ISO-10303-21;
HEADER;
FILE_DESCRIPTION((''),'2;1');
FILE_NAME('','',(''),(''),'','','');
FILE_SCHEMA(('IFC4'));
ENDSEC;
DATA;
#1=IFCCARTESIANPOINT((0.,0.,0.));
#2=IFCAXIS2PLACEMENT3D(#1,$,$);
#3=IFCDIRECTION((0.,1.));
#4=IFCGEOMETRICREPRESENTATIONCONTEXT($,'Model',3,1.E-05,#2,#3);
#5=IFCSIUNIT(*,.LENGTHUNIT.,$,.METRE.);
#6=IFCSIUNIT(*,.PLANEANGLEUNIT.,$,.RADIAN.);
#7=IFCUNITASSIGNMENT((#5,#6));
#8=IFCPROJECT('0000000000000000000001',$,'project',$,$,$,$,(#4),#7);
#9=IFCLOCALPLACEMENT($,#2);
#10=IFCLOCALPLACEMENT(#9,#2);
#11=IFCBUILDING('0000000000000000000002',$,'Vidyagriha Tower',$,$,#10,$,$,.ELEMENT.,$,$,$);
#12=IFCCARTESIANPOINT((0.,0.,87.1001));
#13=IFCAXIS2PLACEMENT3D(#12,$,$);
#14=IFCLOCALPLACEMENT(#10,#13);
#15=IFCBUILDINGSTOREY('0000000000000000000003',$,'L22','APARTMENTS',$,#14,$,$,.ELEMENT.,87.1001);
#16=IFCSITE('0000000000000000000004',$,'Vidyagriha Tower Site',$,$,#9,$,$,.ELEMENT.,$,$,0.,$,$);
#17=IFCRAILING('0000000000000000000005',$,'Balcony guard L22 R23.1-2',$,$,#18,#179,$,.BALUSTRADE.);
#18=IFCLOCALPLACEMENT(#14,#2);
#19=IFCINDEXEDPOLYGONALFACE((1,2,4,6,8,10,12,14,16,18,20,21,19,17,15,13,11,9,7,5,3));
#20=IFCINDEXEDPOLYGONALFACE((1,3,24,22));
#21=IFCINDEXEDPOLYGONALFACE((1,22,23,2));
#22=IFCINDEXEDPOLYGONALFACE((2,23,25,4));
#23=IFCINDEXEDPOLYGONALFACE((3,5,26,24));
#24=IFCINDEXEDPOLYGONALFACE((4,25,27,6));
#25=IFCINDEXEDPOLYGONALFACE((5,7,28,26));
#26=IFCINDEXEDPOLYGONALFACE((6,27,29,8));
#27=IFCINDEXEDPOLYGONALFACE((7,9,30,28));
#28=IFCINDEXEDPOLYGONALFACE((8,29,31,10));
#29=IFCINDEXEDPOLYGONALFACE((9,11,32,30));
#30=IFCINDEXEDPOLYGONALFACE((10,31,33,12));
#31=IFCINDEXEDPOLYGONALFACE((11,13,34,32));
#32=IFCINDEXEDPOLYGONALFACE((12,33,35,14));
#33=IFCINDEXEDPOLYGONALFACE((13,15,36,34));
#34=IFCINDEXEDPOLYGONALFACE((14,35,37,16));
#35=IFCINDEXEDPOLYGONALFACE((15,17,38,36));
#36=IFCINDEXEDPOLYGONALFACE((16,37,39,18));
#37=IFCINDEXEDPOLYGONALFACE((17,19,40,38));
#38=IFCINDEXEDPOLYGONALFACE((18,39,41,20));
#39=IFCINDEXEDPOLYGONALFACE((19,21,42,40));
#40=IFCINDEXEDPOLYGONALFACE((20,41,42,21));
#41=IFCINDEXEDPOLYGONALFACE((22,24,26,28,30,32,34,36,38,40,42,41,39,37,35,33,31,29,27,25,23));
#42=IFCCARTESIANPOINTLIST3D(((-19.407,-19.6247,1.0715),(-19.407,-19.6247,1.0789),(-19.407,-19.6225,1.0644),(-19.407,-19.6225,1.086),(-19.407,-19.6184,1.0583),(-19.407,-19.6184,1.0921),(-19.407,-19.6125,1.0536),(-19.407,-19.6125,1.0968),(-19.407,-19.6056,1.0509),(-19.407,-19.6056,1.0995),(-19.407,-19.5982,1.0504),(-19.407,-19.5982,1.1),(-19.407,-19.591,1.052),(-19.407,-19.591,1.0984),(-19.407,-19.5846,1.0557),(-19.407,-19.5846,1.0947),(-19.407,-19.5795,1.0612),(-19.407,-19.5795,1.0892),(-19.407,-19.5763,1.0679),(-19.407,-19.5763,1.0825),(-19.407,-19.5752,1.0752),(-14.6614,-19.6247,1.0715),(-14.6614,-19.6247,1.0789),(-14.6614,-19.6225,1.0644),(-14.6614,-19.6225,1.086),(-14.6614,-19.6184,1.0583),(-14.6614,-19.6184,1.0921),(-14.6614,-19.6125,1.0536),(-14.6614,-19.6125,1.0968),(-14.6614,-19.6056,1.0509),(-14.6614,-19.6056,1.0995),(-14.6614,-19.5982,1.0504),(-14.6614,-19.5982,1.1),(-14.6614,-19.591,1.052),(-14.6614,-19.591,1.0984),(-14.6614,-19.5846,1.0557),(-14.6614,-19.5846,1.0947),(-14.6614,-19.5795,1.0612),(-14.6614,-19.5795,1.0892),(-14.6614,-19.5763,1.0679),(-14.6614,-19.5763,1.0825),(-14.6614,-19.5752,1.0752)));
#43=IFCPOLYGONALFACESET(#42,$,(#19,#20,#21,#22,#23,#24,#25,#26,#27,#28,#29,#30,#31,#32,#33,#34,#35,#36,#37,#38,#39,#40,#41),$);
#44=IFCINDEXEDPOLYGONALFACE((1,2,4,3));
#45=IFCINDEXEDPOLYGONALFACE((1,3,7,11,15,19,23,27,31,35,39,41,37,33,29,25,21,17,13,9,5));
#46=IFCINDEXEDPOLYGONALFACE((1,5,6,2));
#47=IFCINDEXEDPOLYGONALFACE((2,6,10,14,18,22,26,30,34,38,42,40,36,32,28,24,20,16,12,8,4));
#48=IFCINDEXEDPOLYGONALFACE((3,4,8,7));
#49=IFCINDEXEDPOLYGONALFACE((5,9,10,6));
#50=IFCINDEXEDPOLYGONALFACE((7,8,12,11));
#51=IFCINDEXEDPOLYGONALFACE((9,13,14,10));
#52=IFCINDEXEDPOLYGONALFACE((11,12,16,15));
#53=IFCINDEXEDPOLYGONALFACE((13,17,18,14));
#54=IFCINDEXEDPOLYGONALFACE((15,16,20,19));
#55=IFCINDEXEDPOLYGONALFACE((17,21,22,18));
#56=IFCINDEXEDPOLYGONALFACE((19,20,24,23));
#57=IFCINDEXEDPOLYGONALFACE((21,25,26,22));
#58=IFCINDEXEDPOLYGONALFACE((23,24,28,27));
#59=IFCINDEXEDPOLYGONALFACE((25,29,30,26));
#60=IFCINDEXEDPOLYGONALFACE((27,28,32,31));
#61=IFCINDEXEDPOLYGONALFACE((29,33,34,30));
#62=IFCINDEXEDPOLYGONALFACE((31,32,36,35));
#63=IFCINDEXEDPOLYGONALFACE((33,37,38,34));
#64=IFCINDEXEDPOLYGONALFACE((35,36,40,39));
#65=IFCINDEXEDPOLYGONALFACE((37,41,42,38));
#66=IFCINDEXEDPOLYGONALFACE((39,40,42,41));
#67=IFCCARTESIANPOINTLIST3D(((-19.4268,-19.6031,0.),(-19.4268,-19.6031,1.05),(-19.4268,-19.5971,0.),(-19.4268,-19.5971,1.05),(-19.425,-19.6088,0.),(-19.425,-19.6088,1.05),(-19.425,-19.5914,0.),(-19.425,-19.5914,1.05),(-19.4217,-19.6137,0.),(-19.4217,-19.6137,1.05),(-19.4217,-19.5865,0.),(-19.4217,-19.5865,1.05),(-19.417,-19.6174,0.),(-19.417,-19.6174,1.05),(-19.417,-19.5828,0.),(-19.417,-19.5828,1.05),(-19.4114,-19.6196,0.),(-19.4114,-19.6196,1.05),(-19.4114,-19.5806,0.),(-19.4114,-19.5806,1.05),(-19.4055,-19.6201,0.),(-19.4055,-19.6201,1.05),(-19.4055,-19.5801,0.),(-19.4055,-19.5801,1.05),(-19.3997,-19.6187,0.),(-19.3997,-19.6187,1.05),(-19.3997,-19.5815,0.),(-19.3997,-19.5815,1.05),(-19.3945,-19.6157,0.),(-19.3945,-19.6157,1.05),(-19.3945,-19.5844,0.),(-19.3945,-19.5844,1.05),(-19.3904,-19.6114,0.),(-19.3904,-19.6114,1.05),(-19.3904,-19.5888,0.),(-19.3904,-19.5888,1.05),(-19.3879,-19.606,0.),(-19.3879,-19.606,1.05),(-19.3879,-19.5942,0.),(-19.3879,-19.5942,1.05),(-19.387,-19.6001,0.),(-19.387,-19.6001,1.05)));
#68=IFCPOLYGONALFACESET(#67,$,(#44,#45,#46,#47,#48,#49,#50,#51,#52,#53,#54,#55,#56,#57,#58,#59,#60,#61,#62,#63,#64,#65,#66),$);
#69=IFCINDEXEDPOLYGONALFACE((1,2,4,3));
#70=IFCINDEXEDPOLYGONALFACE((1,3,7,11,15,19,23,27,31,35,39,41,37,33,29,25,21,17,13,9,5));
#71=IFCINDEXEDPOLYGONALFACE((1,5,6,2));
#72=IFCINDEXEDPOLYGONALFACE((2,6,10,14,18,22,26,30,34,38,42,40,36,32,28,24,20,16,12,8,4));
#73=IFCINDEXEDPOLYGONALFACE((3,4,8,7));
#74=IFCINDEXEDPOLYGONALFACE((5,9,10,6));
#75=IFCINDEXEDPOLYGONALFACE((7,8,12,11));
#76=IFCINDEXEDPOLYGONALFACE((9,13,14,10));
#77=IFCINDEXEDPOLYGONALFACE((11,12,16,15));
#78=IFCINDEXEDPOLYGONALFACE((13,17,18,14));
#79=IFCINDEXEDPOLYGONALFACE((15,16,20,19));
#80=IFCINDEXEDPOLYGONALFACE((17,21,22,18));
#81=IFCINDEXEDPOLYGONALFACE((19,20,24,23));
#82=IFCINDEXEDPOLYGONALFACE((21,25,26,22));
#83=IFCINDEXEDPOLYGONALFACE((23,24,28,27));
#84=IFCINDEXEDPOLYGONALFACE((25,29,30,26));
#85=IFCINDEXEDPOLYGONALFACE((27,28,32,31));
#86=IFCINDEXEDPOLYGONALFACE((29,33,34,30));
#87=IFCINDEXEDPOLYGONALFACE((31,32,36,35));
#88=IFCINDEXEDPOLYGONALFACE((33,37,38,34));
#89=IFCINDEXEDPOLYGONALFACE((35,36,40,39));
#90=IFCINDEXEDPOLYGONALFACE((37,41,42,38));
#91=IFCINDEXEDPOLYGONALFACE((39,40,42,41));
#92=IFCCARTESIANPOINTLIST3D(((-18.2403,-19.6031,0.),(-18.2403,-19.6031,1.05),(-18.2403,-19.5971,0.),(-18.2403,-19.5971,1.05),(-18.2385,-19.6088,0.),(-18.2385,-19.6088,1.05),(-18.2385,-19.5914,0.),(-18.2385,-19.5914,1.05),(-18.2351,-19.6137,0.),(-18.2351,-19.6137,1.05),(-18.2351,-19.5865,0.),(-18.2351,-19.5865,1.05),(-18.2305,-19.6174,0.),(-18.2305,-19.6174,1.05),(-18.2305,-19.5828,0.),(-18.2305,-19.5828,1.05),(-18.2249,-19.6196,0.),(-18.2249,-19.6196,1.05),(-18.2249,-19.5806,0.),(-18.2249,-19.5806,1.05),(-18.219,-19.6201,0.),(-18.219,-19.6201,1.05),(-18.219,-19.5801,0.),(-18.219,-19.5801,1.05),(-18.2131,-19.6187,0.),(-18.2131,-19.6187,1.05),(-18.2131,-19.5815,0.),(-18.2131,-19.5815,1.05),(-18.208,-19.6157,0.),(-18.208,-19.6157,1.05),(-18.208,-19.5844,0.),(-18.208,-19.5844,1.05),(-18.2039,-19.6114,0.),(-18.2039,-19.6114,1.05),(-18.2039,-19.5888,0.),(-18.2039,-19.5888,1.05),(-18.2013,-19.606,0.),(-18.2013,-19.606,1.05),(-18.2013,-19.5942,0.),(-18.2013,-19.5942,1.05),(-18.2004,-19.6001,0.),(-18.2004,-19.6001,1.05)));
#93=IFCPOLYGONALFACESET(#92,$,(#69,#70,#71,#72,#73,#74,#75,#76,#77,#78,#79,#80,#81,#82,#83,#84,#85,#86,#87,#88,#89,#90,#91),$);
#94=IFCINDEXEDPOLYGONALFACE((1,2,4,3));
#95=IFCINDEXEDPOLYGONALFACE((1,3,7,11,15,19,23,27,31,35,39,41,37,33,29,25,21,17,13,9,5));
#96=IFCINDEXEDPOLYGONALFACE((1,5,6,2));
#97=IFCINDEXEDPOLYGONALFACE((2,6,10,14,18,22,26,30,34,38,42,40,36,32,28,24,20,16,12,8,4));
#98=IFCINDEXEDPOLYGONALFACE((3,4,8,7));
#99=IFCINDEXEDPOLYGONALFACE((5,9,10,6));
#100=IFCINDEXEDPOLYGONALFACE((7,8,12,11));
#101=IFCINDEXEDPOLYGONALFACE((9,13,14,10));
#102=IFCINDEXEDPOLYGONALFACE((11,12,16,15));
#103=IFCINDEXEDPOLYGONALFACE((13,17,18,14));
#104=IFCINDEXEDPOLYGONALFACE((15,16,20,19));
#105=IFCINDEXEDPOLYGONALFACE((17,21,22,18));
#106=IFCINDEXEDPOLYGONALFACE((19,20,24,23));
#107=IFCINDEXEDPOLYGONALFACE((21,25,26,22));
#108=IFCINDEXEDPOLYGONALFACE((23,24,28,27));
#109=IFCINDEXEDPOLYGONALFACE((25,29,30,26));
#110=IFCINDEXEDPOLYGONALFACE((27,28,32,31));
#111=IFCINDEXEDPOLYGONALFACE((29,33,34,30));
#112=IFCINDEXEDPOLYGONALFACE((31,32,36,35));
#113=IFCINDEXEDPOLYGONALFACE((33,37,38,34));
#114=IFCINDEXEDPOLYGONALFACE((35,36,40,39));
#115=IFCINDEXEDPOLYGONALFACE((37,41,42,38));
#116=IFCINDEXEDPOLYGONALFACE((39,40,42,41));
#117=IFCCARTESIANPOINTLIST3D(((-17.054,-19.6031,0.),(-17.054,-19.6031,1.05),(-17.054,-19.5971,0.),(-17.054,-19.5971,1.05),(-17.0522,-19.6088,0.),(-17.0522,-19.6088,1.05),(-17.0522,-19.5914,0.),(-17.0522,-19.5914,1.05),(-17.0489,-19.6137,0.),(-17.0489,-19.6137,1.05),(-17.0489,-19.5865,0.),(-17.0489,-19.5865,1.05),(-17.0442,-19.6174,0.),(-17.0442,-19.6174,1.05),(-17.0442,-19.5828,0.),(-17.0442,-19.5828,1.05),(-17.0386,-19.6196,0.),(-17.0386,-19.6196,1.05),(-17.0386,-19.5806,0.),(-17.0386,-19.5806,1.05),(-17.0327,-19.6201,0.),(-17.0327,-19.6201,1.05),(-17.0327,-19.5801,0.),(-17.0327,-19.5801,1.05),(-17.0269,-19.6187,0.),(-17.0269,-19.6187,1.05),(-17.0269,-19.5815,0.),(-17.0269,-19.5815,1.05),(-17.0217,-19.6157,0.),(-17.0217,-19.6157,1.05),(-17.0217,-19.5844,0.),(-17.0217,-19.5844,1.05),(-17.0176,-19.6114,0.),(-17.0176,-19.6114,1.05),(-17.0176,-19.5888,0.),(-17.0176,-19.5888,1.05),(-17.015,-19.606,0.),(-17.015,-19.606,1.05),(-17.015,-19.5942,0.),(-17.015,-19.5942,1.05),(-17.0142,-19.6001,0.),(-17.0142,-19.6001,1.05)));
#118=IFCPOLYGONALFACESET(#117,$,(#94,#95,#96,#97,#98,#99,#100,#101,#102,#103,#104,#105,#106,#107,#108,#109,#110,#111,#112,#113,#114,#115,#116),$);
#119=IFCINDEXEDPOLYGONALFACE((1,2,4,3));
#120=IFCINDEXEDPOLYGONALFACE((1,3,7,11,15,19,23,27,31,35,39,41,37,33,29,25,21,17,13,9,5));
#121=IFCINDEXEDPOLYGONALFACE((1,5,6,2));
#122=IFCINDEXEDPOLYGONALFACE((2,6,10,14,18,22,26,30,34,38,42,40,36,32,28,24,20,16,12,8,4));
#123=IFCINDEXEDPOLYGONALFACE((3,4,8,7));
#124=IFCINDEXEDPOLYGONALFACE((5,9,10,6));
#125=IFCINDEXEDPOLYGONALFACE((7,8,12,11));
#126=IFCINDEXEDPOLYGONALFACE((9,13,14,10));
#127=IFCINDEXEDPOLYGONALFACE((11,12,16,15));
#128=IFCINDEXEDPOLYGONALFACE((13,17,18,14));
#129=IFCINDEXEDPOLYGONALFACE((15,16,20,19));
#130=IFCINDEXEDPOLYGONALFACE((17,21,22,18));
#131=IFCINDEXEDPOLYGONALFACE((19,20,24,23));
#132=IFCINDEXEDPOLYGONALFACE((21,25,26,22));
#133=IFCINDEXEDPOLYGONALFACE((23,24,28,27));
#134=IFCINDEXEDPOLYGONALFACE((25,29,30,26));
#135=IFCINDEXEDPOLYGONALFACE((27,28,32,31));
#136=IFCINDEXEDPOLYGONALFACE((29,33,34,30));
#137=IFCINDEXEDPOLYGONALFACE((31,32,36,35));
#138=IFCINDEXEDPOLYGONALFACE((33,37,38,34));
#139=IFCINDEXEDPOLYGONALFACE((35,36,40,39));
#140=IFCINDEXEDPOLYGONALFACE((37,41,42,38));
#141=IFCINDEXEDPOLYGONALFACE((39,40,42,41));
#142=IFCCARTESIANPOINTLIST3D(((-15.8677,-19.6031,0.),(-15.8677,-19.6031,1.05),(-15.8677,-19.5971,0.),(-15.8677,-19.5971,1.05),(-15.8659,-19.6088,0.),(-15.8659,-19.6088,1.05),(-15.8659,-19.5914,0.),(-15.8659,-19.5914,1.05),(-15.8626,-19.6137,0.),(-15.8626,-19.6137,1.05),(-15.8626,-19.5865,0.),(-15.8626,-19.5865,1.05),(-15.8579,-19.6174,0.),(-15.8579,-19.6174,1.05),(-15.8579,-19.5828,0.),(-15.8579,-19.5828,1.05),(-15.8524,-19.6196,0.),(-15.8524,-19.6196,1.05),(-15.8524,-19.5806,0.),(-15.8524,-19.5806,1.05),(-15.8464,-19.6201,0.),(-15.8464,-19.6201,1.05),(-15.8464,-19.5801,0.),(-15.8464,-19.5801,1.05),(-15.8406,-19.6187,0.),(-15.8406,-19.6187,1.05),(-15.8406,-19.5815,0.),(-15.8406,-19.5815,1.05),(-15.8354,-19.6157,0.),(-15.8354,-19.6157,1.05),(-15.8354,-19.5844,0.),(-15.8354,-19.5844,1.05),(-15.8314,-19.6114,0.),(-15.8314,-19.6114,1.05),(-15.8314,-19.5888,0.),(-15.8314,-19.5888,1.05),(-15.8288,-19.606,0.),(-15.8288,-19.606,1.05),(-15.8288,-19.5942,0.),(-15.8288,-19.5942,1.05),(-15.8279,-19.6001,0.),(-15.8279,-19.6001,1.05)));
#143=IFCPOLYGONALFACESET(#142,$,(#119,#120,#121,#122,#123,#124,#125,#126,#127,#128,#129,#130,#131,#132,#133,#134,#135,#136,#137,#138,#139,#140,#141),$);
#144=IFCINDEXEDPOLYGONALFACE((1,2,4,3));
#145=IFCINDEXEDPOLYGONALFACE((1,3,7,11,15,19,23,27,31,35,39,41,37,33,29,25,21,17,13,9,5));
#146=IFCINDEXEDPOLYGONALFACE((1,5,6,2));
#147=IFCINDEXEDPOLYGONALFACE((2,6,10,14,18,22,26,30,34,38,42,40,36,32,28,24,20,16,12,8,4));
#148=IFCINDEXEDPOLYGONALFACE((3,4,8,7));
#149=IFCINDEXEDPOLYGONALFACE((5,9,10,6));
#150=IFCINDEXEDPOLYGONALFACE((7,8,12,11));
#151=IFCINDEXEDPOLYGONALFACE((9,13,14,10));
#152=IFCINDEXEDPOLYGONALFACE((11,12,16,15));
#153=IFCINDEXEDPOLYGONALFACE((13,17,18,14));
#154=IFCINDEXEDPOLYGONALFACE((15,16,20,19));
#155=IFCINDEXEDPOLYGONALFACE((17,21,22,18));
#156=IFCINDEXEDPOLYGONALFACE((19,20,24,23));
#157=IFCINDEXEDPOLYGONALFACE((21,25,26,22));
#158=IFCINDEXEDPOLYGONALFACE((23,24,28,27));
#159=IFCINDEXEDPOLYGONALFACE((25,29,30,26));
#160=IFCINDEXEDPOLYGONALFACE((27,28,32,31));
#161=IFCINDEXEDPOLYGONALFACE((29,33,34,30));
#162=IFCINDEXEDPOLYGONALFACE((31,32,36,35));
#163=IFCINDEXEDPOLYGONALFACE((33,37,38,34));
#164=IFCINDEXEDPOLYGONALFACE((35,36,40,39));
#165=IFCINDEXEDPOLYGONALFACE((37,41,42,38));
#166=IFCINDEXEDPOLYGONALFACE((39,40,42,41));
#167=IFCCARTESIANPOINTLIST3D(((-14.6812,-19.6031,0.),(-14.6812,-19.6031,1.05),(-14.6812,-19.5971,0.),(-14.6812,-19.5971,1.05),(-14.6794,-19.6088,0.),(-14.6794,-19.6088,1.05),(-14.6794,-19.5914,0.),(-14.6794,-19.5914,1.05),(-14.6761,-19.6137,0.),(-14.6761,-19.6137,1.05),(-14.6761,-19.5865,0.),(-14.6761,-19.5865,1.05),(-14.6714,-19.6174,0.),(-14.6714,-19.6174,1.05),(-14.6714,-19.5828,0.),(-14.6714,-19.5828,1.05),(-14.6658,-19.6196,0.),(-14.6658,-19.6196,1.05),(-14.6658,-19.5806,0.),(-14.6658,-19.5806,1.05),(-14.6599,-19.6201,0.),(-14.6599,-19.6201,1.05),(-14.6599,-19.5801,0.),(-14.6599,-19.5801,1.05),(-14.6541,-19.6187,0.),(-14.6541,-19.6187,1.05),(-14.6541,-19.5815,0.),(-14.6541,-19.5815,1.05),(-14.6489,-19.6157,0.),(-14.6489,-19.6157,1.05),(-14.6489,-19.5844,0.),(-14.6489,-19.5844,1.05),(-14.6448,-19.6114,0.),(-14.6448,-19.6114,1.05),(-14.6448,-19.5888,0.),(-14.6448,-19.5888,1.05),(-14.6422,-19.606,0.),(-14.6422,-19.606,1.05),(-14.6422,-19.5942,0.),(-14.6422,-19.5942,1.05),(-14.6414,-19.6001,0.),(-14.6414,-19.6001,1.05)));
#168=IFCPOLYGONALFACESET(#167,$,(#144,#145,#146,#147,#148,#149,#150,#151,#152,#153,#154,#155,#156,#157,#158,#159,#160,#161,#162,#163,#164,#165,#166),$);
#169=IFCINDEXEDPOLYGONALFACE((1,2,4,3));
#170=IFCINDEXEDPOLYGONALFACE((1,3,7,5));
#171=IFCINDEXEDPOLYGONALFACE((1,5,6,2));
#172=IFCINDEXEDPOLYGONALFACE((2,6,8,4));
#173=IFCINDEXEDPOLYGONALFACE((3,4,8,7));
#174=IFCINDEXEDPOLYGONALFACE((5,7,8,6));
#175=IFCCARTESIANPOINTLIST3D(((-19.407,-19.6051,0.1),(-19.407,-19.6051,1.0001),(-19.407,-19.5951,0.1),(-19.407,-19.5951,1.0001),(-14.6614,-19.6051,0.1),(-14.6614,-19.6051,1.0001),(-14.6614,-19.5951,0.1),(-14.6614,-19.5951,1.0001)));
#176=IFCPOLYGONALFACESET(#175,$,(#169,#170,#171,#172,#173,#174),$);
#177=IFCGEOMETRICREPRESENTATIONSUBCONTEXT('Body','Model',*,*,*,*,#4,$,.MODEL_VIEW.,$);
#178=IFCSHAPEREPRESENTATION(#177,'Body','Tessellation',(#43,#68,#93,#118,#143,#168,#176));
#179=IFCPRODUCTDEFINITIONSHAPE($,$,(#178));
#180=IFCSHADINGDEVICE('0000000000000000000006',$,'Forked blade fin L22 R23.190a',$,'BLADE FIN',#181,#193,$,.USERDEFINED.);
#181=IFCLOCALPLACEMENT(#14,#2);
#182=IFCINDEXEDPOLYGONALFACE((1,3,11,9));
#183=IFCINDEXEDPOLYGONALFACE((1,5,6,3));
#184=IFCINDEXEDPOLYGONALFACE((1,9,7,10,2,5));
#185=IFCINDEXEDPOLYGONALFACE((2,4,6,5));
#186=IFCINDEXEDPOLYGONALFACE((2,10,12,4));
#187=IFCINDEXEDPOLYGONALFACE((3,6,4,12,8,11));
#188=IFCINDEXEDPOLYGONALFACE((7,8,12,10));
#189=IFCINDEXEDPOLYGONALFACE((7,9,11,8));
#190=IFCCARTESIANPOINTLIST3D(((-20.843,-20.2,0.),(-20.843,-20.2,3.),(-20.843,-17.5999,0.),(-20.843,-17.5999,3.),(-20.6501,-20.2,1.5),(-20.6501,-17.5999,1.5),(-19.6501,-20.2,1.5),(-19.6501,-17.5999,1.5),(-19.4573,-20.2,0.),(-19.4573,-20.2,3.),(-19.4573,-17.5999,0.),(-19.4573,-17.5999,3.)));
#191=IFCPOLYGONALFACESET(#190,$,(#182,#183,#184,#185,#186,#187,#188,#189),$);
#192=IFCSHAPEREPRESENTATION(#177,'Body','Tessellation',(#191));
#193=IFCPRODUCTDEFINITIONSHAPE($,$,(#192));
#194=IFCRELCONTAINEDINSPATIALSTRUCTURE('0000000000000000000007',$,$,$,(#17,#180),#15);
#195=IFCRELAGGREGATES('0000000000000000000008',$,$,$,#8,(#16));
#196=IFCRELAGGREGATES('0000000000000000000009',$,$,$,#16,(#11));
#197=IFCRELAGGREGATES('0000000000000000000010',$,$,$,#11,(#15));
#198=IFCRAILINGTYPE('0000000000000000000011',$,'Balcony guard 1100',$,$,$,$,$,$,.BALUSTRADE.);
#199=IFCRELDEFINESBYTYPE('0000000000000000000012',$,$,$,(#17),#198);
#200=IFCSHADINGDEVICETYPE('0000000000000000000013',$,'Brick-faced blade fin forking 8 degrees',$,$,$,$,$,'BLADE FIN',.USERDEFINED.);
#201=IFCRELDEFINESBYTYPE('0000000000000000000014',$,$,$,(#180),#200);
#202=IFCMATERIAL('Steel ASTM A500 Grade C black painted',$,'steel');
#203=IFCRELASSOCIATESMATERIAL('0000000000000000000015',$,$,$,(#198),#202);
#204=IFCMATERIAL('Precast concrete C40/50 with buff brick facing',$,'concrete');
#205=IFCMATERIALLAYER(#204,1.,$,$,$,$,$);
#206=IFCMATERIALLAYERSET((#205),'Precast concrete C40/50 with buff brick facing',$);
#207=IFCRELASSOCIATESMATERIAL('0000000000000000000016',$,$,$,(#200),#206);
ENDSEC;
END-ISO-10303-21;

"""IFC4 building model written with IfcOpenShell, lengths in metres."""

from ifc_helpers import new_model, si_unit, direction, frame, origin, origin_2d, place, context, subcontext, project, spatial, polyline, rectangle, circle, outline, extrude, material, layer, layer_set, type_object, element, save


model = new_model("IFC4")

# Units and contexts
model_context = context("Model", 3, precision=1e-05, world=origin(), true_north=direction((0.0, 1.0)))
body_context = subcontext(model_context, "Body", "Model", "MODEL_VIEW")
ifc_project = project(units=[si_unit("LENGTHUNIT", "METRE"), si_unit("PLANEANGLEUNIT", "RADIAN")], contexts=[model_context])

# Site, building, storey
site_placement = place(None, origin())
site = spatial("IfcSite", under=ifc_project, at=site_placement, Name="Vidyagriha Tower Site", CompositionType="ELEMENT", RefElevation=0.0)
building_placement = place(site_placement, origin())
building = spatial("IfcBuilding", under=site, at=building_placement, Name="Vidyagriha Tower", CompositionType="ELEMENT")
storey_placement = place(building_placement, frame((0.0, 0.0, 87.1001)))
storey = spatial("IfcBuildingStorey", under=building, at=storey_placement, Name="L22", Description="APARTMENTS", CompositionType="ELEMENT", Elevation=87.1001)

# Railing
ifc_material_1 = material(Name="Steel ASTM A500 Grade C black painted", Category="steel")
railing_type_1 = type_object("IfcRailingType", Name="Balcony guard 1100", PredefinedType="BALUSTRADE", material=ifc_material_1)
railing_1_placement = place(storey_placement, frame((-19.407, -19.6001, 0.0)))
element("IfcRailing", 1, at=railing_1_placement, inside=storey, type_object=railing_type_1, Name="Balcony guard L22 R23.1-2", PredefinedType="BALUSTRADE", context=body_context, shape_type="SweptSolid", body=[
    extrude(circle(Radius=0.0249, at=origin_2d()), frame((0.0, 0.0, 1.0752), z_axis=(1.0, 0.0, 0.0), x_axis=(0.0, 1.0, 0.0)), (0.0, 0.0, 1.0), 4.7456),
    extrude(circle(Radius=0.02, at=origin_2d()), origin(), (0.0, 0.0, 1.0), 1.05),
    extrude(circle(Radius=0.02, at=origin_2d()), frame((1.1865, 0.0, 0.0)), (0.0, 0.0, 1.0), 1.05),
    extrude(circle(Radius=0.02, at=origin_2d()), frame((2.3728, 0.0, 0.0)), (0.0, 0.0, 1.0), 1.05),
    extrude(circle(Radius=0.02, at=origin_2d()), frame((3.5591, 0.0, 0.0)), (0.0, 0.0, 1.0), 1.05),
    extrude(circle(Radius=0.02, at=origin_2d()), frame((4.7456, 0.0, 0.0)), (0.0, 0.0, 1.0), 1.05),
    extrude(rectangle(XDim=0.01, YDim=0.9001, at=origin_2d()), frame((0.0, 0.0, 0.55), z_axis=(1.0, 0.0, 0.0), x_axis=(0.0, 1.0, 0.0)), (0.0, 0.0, 1.0), 4.7456),
])

# Shading device
ifc_material_2 = material(Name="Precast concrete C40/50 with buff brick facing", Category="concrete")
ifc_layer_1 = layer(ifc_material_2, 1.0)
ifc_layer_set_1 = layer_set([ifc_layer_1], Name="Precast concrete C40/50 with buff brick facing")
shading_device_type = type_object("IfcShadingDeviceType", Name="Brick-faced blade fin forking 8 degrees", ElementType="BLADE FIN", PredefinedType="USERDEFINED", material=ifc_layer_set_1)
shading_device_placement = place(storey_placement, frame((-20.843, -18.8999, 0.0)))
element("IfcShadingDevice", 2, at=shading_device_placement, inside=storey, type_object=shading_device_type, Name="Forked blade fin L22 R23.190a", ObjectType="BLADE FIN", PredefinedType="USERDEFINED", context=body_context, shape_type="SweptSolid", body=[
    extrude(outline(polyline([(0.0, 0.0), (1.3857, 0.0), (1.1929, 1.5), (1.3857, 3.0), (0.0, 3.0), (0.1929, 1.5), (0.0, 0.0)])), frame((0.0, 1.3, 0.0), z_axis=(0.0, -1.0, 0.0), x_axis=(1.0, 0.0, 0.0)), (0.0, 0.0, 1.0), 2.6001),
])

save(model, "model.ifc")
